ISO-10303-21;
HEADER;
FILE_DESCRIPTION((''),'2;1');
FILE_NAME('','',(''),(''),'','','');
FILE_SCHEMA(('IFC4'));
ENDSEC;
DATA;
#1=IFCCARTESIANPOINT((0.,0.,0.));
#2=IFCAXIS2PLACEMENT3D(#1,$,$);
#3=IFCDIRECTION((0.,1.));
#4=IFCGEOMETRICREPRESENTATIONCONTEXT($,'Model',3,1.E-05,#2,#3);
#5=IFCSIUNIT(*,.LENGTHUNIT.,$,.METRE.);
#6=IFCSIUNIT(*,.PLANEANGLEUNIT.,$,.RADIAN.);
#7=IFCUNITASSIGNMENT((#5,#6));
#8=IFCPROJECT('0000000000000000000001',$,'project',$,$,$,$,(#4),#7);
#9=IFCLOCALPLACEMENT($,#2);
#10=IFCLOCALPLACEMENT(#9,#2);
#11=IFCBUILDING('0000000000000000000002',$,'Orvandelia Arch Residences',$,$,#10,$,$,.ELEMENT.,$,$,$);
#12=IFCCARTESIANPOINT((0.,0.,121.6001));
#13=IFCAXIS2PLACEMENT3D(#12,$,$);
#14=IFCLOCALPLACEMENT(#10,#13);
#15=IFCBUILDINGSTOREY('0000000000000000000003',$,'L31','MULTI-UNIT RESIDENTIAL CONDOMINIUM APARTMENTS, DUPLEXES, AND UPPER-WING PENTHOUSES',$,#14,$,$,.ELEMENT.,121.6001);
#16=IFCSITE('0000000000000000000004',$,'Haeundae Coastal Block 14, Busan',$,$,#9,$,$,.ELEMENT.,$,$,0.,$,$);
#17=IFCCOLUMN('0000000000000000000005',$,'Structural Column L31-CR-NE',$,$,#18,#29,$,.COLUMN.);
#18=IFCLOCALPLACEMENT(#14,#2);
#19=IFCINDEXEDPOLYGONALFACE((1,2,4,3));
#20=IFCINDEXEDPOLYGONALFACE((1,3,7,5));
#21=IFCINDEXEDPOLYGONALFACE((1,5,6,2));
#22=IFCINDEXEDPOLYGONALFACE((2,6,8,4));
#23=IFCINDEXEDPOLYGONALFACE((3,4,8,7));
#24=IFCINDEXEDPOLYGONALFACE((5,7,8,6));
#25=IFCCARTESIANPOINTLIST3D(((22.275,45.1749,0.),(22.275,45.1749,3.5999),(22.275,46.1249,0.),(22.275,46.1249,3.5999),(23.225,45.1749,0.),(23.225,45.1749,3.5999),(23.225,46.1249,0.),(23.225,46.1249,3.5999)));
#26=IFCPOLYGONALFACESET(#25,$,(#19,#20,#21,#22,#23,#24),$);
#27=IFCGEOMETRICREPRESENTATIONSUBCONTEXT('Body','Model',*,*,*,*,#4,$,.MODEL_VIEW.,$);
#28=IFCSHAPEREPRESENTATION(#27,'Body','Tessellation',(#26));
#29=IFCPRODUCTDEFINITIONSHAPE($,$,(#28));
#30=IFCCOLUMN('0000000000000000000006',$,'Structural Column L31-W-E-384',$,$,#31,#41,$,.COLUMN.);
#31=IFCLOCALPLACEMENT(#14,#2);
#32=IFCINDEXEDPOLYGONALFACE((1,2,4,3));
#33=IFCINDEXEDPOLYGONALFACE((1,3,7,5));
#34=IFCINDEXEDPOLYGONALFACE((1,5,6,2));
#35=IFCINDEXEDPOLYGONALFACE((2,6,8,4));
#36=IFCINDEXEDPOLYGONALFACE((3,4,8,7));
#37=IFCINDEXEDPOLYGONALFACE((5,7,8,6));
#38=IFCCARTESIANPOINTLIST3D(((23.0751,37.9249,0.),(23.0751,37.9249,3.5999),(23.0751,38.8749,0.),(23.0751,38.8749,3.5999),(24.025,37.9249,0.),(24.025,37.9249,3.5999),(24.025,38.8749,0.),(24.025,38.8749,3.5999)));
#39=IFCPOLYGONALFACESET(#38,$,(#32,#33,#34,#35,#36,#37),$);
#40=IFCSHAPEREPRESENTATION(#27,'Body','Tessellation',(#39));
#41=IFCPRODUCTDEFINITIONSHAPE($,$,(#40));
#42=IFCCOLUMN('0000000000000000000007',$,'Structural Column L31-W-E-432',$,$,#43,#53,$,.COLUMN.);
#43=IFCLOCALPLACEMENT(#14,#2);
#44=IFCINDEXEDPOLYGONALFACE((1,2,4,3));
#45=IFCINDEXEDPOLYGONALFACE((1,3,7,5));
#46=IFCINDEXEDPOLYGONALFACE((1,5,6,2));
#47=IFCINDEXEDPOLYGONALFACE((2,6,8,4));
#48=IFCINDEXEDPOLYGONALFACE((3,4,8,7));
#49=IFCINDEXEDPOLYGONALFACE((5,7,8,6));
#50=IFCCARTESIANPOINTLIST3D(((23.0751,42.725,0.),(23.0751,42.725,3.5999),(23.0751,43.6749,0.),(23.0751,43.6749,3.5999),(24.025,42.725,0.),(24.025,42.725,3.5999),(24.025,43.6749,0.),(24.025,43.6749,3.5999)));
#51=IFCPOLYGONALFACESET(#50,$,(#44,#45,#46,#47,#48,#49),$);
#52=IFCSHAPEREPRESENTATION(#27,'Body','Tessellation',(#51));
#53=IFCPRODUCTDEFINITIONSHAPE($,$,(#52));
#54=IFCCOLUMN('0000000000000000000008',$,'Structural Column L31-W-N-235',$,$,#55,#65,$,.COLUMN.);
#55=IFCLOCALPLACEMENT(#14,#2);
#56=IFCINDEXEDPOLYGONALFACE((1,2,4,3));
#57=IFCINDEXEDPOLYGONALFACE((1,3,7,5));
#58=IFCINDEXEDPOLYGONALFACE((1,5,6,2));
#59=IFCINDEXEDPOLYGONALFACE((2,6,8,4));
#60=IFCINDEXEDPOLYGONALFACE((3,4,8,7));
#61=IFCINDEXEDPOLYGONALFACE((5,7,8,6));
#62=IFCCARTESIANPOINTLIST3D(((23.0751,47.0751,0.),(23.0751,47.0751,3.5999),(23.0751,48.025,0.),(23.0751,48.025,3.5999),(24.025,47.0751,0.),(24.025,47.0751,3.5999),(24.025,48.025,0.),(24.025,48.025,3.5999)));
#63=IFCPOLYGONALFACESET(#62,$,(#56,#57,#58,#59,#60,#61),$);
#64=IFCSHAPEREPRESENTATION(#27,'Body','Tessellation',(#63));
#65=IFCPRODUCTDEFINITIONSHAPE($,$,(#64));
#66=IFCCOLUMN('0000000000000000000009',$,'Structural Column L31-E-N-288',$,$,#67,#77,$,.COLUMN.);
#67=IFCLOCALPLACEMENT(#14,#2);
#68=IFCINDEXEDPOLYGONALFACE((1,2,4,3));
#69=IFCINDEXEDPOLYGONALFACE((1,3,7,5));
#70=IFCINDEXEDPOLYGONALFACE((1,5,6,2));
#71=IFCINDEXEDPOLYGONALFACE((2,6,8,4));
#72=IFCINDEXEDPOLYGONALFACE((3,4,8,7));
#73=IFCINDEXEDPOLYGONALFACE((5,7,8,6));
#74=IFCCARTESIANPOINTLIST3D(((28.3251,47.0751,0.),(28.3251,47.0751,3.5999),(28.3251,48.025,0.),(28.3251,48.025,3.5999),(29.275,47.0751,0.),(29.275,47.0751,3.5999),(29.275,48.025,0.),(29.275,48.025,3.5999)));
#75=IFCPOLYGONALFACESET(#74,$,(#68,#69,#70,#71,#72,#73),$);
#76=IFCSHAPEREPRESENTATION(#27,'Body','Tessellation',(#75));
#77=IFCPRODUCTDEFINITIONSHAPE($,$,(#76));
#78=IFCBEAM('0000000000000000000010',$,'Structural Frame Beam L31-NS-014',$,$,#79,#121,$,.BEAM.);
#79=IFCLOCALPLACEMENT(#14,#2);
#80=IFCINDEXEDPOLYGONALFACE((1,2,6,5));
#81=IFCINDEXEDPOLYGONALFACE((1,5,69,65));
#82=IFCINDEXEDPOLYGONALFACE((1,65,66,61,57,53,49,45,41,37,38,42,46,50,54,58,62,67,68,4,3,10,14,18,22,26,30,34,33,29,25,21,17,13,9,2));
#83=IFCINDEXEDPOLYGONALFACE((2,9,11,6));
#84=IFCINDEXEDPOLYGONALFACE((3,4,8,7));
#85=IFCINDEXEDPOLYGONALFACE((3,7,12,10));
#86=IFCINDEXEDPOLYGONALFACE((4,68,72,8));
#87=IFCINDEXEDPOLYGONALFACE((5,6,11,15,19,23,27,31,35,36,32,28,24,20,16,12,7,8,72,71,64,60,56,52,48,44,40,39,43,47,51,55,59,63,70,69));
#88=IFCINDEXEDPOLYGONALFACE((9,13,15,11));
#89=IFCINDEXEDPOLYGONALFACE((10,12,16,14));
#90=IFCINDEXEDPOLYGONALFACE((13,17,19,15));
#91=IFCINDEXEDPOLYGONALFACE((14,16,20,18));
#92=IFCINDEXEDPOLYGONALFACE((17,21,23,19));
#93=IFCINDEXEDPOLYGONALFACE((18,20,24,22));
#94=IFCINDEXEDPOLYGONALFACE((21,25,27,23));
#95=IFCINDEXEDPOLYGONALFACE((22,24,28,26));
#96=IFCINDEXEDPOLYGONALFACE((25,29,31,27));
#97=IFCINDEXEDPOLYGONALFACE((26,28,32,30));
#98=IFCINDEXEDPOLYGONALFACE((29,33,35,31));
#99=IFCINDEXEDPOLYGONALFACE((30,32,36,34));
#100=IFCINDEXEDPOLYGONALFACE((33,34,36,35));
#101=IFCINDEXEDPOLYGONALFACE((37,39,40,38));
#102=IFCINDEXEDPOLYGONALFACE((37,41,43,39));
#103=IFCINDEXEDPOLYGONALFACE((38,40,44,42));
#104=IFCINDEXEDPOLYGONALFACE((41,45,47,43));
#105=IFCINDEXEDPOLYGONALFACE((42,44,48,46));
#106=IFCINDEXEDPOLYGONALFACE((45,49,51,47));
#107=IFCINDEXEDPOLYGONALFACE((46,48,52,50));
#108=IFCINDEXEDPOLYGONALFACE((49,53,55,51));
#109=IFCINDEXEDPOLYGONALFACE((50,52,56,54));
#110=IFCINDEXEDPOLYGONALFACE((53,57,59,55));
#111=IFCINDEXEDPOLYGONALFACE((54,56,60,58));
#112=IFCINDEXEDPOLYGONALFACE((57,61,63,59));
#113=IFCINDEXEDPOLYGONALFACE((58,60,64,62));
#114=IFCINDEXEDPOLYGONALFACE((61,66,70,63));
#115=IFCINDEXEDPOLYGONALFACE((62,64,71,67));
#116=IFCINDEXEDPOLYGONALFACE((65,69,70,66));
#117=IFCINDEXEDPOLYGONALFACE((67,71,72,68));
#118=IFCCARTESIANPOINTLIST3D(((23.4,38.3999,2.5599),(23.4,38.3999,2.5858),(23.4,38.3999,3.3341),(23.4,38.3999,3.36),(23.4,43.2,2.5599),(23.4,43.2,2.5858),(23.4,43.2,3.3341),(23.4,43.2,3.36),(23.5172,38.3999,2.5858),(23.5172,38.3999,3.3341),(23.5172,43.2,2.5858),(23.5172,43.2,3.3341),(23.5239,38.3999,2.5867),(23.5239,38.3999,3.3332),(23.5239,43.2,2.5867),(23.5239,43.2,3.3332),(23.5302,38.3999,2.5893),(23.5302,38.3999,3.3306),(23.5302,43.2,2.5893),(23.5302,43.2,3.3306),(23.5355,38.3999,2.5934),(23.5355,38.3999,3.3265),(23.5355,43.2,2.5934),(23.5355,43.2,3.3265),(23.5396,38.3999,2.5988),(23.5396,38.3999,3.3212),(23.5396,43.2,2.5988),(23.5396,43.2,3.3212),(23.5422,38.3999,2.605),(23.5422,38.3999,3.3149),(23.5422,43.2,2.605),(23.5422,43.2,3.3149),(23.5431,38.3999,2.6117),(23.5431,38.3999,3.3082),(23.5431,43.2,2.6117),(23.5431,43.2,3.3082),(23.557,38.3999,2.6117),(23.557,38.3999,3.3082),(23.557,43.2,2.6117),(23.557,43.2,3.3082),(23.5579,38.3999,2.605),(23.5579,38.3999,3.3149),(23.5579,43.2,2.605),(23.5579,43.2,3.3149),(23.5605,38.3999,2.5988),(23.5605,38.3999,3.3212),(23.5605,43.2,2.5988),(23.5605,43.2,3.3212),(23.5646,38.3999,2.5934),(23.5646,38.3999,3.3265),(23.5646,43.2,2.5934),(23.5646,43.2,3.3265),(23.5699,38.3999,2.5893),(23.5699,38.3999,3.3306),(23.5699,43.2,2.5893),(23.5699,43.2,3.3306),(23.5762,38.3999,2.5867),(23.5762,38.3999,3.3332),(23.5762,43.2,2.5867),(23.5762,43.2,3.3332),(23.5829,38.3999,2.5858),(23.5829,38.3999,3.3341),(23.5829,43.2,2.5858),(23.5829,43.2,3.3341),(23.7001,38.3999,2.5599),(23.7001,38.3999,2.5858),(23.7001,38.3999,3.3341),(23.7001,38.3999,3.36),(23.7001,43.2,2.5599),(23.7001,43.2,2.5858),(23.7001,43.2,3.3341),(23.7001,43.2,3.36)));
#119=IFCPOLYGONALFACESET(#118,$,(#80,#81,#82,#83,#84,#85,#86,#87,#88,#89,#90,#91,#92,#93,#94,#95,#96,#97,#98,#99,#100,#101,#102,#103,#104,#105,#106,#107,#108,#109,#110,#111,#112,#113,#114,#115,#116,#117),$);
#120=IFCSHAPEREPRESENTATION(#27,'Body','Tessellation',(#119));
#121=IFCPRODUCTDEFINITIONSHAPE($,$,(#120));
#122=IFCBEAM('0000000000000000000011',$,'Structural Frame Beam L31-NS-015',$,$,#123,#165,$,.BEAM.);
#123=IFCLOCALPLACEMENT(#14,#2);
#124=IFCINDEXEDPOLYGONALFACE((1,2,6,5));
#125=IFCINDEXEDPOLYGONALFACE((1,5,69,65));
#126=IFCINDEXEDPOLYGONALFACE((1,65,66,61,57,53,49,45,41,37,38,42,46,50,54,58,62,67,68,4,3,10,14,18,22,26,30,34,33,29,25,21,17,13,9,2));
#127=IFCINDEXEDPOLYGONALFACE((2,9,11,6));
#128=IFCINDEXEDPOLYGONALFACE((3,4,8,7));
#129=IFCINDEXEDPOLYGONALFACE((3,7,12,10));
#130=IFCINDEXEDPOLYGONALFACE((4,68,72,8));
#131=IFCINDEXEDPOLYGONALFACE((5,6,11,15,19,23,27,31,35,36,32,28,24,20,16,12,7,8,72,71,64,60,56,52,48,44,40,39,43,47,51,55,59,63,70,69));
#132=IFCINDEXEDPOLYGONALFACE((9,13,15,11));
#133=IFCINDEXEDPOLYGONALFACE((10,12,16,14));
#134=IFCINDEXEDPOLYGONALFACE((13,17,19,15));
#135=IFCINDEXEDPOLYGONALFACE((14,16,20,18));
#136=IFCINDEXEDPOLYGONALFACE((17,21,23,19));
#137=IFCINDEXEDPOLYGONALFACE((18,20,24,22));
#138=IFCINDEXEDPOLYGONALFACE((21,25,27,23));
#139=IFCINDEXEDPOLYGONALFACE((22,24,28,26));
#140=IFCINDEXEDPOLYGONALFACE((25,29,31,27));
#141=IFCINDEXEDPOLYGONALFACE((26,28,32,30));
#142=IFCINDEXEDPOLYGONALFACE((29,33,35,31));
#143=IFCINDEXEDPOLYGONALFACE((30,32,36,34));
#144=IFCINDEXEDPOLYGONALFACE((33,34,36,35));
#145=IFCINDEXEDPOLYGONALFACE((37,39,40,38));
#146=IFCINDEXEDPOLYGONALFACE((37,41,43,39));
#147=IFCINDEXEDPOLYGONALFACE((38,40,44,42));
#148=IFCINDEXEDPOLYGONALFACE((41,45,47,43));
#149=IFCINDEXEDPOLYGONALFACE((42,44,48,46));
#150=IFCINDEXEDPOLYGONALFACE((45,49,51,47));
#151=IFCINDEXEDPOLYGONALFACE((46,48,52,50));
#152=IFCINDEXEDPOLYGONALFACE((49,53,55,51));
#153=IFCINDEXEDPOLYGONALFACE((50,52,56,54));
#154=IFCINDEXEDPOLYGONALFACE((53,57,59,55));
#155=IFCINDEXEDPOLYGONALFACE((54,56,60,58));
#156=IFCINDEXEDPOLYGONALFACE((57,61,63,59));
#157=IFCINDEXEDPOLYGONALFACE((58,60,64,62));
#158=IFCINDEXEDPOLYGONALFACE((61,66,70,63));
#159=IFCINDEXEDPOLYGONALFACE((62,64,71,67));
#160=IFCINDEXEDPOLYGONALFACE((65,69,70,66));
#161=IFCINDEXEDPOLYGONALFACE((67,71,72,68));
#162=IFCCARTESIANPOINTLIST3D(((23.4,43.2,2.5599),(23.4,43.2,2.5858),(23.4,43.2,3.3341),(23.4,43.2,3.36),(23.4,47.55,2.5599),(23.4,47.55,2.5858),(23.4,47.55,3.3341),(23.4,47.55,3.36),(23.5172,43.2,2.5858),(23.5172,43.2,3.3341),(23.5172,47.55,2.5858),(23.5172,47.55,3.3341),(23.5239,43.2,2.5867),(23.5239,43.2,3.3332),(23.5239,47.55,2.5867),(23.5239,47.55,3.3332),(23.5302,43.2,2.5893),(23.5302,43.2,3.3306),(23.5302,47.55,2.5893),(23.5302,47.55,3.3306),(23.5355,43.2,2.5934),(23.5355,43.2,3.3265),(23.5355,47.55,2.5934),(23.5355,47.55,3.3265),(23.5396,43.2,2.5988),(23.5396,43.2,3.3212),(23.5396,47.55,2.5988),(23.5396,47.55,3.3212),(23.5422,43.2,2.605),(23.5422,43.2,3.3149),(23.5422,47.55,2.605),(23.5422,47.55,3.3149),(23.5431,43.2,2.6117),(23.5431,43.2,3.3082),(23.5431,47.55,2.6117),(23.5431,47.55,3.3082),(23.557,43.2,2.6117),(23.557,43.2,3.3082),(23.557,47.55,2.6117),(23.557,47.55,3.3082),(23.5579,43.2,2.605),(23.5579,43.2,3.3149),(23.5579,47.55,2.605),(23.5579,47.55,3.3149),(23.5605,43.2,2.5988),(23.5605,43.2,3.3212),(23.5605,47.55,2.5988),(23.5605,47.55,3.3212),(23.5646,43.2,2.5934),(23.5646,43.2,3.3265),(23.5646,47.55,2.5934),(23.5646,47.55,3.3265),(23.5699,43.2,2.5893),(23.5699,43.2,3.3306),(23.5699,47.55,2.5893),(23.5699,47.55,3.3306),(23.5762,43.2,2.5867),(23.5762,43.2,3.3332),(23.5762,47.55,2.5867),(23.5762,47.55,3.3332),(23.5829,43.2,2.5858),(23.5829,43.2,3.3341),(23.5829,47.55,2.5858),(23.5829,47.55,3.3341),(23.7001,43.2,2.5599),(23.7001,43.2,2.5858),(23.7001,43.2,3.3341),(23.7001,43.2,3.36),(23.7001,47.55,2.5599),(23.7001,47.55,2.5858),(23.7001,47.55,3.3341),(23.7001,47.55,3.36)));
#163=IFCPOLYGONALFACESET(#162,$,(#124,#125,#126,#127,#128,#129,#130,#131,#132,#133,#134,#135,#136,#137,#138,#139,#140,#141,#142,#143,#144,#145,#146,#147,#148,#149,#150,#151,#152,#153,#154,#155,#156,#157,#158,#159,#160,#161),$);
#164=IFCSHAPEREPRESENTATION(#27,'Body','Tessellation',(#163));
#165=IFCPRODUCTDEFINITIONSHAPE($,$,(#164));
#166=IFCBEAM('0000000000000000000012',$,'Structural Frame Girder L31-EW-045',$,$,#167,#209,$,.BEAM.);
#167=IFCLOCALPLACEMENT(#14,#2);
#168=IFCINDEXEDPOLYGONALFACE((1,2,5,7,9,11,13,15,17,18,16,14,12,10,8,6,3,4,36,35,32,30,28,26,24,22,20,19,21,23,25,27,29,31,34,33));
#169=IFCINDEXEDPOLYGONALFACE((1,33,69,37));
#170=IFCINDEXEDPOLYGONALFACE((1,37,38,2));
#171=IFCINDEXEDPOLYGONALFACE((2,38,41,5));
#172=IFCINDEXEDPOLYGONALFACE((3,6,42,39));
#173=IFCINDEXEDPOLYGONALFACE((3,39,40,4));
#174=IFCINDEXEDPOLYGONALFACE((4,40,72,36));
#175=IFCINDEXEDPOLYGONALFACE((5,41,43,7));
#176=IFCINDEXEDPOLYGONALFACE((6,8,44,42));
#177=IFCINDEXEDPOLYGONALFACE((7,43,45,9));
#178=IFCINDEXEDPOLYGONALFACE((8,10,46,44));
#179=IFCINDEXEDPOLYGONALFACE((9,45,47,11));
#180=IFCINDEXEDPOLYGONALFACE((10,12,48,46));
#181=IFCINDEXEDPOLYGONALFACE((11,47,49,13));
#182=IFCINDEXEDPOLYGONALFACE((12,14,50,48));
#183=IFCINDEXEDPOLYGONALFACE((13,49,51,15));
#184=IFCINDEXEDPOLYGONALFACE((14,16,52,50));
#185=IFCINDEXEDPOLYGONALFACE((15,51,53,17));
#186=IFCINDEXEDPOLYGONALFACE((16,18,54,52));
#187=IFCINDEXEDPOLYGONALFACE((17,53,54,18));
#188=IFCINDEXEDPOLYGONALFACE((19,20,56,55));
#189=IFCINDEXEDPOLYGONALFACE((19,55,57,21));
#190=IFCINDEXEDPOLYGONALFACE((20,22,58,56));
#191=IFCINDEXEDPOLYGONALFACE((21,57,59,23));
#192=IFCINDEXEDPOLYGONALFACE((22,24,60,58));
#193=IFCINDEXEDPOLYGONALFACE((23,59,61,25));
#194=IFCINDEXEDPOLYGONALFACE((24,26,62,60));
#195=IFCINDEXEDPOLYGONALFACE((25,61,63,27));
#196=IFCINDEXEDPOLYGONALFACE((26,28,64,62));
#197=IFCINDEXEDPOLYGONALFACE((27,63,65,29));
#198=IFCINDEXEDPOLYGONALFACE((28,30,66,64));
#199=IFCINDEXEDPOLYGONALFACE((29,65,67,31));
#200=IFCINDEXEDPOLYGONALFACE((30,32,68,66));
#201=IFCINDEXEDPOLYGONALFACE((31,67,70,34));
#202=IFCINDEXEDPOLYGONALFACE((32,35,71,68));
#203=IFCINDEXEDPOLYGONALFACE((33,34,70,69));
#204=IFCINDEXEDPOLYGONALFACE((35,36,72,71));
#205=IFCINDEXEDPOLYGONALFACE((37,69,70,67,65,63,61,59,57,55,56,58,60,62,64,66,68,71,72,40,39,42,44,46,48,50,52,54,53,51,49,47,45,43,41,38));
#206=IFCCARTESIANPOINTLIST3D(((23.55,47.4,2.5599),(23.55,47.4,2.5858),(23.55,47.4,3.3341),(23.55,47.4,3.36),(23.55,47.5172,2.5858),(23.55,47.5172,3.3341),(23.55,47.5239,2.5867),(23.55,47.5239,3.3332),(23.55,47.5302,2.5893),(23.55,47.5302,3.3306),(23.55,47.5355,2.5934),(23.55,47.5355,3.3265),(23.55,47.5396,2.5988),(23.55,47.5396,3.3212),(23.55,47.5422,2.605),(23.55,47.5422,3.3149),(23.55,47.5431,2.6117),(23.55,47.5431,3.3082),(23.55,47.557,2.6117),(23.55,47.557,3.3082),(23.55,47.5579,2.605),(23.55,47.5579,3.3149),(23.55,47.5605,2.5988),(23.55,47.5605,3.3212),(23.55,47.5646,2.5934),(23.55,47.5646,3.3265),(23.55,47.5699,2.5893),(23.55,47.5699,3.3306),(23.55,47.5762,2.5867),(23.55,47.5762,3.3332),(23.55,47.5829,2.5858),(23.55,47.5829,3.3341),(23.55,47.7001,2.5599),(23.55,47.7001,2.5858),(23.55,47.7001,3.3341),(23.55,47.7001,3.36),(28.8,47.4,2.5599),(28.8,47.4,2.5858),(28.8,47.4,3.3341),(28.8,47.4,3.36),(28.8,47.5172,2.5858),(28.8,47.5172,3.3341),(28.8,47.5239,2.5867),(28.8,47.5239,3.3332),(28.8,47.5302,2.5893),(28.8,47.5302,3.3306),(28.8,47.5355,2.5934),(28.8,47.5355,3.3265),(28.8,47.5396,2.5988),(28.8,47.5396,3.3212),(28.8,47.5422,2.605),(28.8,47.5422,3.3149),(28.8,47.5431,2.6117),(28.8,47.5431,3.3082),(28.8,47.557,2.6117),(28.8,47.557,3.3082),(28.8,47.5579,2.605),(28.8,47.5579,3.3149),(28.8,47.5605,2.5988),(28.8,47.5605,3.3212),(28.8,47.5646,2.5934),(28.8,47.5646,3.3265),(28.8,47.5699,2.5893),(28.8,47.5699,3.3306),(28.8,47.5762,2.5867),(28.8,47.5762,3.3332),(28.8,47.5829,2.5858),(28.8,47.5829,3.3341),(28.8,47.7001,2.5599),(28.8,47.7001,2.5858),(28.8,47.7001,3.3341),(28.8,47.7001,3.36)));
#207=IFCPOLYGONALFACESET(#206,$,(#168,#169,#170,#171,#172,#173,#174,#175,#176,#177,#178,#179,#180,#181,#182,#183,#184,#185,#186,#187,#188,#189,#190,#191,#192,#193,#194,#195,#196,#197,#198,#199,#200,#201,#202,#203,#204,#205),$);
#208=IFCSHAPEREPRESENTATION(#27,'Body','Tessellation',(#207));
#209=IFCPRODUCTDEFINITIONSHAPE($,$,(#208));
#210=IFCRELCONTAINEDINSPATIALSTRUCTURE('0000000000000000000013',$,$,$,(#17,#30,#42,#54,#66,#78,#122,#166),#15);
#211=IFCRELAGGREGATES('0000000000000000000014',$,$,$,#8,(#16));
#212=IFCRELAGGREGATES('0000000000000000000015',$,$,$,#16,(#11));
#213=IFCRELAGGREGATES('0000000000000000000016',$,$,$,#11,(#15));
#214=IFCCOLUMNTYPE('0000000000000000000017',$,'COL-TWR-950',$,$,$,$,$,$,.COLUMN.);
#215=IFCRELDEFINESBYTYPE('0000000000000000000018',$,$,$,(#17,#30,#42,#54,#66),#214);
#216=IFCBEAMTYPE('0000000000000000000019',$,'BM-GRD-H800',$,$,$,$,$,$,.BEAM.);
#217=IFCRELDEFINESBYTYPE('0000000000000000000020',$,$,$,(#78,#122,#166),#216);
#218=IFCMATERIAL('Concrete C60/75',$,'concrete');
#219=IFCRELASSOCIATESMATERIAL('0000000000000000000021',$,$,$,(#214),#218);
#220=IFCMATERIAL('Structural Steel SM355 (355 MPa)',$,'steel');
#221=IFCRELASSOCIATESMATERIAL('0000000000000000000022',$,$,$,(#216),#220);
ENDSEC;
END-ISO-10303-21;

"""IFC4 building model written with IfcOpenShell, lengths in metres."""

from ifc_helpers import new_model, si_unit, direction, frame, origin, origin_2d, place, context, subcontext, project, spatial, rectangle, i_section, extrude, material, material_profile, profile_set, type_object, element, save


model = new_model("IFC4")

# Units and contexts
model_context = context("Model", 3, precision=1e-05, world=origin(), true_north=direction((0.0, 1.0)))
body_context = subcontext(model_context, "Body", "Model", "MODEL_VIEW")
ifc_project = project(units=[si_unit("LENGTHUNIT", "METRE"), si_unit("PLANEANGLEUNIT", "RADIAN")], contexts=[model_context])

# Site, building, storey
site_placement = place(None, origin())
site = spatial("IfcSite", under=ifc_project, at=site_placement, Name="Haeundae Coastal Block 14, Busan", CompositionType="ELEMENT", RefElevation=0.0)
building_placement = place(site_placement, origin())
building = spatial("IfcBuilding", under=site, at=building_placement, Name="Orvandelia Arch Residences", CompositionType="ELEMENT")
storey_placement = place(building_placement, frame((0.0, 0.0, 121.6001)))
storey = spatial("IfcBuildingStorey", under=building, at=storey_placement, Name="L31", Description="MULTI-UNIT RESIDENTIAL CONDOMINIUM APARTMENTS, DUPLEXES, AND UPPER-WING PENTHOUSES", CompositionType="ELEMENT", Elevation=121.6001)

# Columns
ifc_material_1 = material(Name="Concrete C60/75", Category="concrete")
ifc_material_profile_1 = material_profile(ifc_material_1, rectangle(XDim=0.95, YDim=0.95, at=origin_2d()), Name="Concrete C60/75", Category="concrete")
ifc_profile_set_1 = profile_set([ifc_material_profile_1], Name="Concrete C60/75")
column_type = type_object("IfcColumnType", Name="COL-TWR-950", PredefinedType="COLUMN", material=ifc_profile_set_1)
for number, where, z_axis, x_axis, name in (
    (1, (22.75, 45.6499, 0.0), (0.0, 0.0, 1.0), (1.0, 0.0, 0.0), "Structural Column L31-CR-NE"),
    (2, (23.55, 38.3999, 0.0), (0.0, 0.0, 1.0), (1.0, 0.0, 0.0), "Structural Column L31-W-E-384"),
    (3, (23.55, 43.2, 0.0), (0.0, 0.0, 1.0), (1.0, 0.0, 0.0), "Structural Column L31-W-E-432"),
    (4, (23.55, 47.55, 0.0), (0.0, 0.0, 1.0), (1.0, 0.0, 0.0), "Structural Column L31-W-N-235"),
    (5, (28.8, 47.55, 0.0), (0.0, 0.0, 1.0), (1.0, 0.0, 0.0), "Structural Column L31-E-N-288"),
):
    element("IfcColumn", number, at=place(storey_placement, frame(where, z_axis=z_axis, x_axis=x_axis)), inside=storey, type_object=column_type, Name=name, PredefinedType="COLUMN", context=body_context, shape_type="SweptSolid", body=[
        extrude(rectangle(XDim=0.95, YDim=0.95, at=origin_2d()), origin(), (0.0, 0.0, 1.0), 3.5999),
    ])

# Beams
ifc_material_2 = material(Name="Structural Steel SM355 (355 MPa)", Category="steel")
ifc_material_profile_2 = material_profile(ifc_material_2, i_section(OverallWidth=0.3, OverallDepth=0.8, WebThickness=0.0139, FlangeThickness=0.0259, FilletRadius=0.0259, at=origin_2d()), Name="Structural Steel SM355 (355 MPa)", Category="steel")
ifc_profile_set_2 = profile_set([ifc_material_profile_2], Name="Structural Steel SM355 (355 MPa)")
beam_type = type_object("IfcBeamType", Name="BM-GRD-H800", PredefinedType="BEAM", material=ifc_profile_set_2)
beam_1_placement = place(storey_placement, frame((23.55, 38.3999, 2.96), z_axis=(0.0, 1.0, 0.0), x_axis=(-1.0, 0.0, 0.0)))
element("IfcBeam", 6, at=beam_1_placement, inside=storey, type_object=beam_type, Name="Structural Frame Beam L31-NS-014", PredefinedType="BEAM", context=body_context, shape_type="SweptSolid", body=[
    extrude(i_section(OverallWidth=0.3, OverallDepth=0.8, WebThickness=0.0139, FlangeThickness=0.0259, FilletRadius=0.0259, at=origin_2d()), origin(), (0.0, 0.0, 1.0), 4.8),
])
beam_2_placement = place(storey_placement, frame((23.55, 43.2, 2.96), z_axis=(0.0, 1.0, 0.0), x_axis=(-1.0, 0.0, 0.0)))
element("IfcBeam", 7, at=beam_2_placement, inside=storey, type_object=beam_type, Name="Structural Frame Beam L31-NS-015", PredefinedType="BEAM", context=body_context, shape_type="SweptSolid", body=[
    extrude(i_section(OverallWidth=0.3, OverallDepth=0.8, WebThickness=0.0139, FlangeThickness=0.0259, FilletRadius=0.0259, at=origin_2d()), origin(), (0.0, 0.0, 1.0), 4.3501),
])
beam_3_placement = place(storey_placement, frame((23.55, 47.55, 2.96), z_axis=(1.0, 0.0, 0.0), x_axis=(0.0, 1.0, 0.0)))
element("IfcBeam", 8, at=beam_3_placement, inside=storey, type_object=beam_type, Name="Structural Frame Girder L31-EW-045", PredefinedType="BEAM", context=body_context, shape_type="SweptSolid", body=[
    extrude(i_section(OverallWidth=0.3, OverallDepth=0.8, WebThickness=0.0139, FlangeThickness=0.0259, FilletRadius=0.0259, at=origin_2d()), origin(), (0.0, 0.0, 1.0), 5.25),
])

save(model, "model.ifc")
